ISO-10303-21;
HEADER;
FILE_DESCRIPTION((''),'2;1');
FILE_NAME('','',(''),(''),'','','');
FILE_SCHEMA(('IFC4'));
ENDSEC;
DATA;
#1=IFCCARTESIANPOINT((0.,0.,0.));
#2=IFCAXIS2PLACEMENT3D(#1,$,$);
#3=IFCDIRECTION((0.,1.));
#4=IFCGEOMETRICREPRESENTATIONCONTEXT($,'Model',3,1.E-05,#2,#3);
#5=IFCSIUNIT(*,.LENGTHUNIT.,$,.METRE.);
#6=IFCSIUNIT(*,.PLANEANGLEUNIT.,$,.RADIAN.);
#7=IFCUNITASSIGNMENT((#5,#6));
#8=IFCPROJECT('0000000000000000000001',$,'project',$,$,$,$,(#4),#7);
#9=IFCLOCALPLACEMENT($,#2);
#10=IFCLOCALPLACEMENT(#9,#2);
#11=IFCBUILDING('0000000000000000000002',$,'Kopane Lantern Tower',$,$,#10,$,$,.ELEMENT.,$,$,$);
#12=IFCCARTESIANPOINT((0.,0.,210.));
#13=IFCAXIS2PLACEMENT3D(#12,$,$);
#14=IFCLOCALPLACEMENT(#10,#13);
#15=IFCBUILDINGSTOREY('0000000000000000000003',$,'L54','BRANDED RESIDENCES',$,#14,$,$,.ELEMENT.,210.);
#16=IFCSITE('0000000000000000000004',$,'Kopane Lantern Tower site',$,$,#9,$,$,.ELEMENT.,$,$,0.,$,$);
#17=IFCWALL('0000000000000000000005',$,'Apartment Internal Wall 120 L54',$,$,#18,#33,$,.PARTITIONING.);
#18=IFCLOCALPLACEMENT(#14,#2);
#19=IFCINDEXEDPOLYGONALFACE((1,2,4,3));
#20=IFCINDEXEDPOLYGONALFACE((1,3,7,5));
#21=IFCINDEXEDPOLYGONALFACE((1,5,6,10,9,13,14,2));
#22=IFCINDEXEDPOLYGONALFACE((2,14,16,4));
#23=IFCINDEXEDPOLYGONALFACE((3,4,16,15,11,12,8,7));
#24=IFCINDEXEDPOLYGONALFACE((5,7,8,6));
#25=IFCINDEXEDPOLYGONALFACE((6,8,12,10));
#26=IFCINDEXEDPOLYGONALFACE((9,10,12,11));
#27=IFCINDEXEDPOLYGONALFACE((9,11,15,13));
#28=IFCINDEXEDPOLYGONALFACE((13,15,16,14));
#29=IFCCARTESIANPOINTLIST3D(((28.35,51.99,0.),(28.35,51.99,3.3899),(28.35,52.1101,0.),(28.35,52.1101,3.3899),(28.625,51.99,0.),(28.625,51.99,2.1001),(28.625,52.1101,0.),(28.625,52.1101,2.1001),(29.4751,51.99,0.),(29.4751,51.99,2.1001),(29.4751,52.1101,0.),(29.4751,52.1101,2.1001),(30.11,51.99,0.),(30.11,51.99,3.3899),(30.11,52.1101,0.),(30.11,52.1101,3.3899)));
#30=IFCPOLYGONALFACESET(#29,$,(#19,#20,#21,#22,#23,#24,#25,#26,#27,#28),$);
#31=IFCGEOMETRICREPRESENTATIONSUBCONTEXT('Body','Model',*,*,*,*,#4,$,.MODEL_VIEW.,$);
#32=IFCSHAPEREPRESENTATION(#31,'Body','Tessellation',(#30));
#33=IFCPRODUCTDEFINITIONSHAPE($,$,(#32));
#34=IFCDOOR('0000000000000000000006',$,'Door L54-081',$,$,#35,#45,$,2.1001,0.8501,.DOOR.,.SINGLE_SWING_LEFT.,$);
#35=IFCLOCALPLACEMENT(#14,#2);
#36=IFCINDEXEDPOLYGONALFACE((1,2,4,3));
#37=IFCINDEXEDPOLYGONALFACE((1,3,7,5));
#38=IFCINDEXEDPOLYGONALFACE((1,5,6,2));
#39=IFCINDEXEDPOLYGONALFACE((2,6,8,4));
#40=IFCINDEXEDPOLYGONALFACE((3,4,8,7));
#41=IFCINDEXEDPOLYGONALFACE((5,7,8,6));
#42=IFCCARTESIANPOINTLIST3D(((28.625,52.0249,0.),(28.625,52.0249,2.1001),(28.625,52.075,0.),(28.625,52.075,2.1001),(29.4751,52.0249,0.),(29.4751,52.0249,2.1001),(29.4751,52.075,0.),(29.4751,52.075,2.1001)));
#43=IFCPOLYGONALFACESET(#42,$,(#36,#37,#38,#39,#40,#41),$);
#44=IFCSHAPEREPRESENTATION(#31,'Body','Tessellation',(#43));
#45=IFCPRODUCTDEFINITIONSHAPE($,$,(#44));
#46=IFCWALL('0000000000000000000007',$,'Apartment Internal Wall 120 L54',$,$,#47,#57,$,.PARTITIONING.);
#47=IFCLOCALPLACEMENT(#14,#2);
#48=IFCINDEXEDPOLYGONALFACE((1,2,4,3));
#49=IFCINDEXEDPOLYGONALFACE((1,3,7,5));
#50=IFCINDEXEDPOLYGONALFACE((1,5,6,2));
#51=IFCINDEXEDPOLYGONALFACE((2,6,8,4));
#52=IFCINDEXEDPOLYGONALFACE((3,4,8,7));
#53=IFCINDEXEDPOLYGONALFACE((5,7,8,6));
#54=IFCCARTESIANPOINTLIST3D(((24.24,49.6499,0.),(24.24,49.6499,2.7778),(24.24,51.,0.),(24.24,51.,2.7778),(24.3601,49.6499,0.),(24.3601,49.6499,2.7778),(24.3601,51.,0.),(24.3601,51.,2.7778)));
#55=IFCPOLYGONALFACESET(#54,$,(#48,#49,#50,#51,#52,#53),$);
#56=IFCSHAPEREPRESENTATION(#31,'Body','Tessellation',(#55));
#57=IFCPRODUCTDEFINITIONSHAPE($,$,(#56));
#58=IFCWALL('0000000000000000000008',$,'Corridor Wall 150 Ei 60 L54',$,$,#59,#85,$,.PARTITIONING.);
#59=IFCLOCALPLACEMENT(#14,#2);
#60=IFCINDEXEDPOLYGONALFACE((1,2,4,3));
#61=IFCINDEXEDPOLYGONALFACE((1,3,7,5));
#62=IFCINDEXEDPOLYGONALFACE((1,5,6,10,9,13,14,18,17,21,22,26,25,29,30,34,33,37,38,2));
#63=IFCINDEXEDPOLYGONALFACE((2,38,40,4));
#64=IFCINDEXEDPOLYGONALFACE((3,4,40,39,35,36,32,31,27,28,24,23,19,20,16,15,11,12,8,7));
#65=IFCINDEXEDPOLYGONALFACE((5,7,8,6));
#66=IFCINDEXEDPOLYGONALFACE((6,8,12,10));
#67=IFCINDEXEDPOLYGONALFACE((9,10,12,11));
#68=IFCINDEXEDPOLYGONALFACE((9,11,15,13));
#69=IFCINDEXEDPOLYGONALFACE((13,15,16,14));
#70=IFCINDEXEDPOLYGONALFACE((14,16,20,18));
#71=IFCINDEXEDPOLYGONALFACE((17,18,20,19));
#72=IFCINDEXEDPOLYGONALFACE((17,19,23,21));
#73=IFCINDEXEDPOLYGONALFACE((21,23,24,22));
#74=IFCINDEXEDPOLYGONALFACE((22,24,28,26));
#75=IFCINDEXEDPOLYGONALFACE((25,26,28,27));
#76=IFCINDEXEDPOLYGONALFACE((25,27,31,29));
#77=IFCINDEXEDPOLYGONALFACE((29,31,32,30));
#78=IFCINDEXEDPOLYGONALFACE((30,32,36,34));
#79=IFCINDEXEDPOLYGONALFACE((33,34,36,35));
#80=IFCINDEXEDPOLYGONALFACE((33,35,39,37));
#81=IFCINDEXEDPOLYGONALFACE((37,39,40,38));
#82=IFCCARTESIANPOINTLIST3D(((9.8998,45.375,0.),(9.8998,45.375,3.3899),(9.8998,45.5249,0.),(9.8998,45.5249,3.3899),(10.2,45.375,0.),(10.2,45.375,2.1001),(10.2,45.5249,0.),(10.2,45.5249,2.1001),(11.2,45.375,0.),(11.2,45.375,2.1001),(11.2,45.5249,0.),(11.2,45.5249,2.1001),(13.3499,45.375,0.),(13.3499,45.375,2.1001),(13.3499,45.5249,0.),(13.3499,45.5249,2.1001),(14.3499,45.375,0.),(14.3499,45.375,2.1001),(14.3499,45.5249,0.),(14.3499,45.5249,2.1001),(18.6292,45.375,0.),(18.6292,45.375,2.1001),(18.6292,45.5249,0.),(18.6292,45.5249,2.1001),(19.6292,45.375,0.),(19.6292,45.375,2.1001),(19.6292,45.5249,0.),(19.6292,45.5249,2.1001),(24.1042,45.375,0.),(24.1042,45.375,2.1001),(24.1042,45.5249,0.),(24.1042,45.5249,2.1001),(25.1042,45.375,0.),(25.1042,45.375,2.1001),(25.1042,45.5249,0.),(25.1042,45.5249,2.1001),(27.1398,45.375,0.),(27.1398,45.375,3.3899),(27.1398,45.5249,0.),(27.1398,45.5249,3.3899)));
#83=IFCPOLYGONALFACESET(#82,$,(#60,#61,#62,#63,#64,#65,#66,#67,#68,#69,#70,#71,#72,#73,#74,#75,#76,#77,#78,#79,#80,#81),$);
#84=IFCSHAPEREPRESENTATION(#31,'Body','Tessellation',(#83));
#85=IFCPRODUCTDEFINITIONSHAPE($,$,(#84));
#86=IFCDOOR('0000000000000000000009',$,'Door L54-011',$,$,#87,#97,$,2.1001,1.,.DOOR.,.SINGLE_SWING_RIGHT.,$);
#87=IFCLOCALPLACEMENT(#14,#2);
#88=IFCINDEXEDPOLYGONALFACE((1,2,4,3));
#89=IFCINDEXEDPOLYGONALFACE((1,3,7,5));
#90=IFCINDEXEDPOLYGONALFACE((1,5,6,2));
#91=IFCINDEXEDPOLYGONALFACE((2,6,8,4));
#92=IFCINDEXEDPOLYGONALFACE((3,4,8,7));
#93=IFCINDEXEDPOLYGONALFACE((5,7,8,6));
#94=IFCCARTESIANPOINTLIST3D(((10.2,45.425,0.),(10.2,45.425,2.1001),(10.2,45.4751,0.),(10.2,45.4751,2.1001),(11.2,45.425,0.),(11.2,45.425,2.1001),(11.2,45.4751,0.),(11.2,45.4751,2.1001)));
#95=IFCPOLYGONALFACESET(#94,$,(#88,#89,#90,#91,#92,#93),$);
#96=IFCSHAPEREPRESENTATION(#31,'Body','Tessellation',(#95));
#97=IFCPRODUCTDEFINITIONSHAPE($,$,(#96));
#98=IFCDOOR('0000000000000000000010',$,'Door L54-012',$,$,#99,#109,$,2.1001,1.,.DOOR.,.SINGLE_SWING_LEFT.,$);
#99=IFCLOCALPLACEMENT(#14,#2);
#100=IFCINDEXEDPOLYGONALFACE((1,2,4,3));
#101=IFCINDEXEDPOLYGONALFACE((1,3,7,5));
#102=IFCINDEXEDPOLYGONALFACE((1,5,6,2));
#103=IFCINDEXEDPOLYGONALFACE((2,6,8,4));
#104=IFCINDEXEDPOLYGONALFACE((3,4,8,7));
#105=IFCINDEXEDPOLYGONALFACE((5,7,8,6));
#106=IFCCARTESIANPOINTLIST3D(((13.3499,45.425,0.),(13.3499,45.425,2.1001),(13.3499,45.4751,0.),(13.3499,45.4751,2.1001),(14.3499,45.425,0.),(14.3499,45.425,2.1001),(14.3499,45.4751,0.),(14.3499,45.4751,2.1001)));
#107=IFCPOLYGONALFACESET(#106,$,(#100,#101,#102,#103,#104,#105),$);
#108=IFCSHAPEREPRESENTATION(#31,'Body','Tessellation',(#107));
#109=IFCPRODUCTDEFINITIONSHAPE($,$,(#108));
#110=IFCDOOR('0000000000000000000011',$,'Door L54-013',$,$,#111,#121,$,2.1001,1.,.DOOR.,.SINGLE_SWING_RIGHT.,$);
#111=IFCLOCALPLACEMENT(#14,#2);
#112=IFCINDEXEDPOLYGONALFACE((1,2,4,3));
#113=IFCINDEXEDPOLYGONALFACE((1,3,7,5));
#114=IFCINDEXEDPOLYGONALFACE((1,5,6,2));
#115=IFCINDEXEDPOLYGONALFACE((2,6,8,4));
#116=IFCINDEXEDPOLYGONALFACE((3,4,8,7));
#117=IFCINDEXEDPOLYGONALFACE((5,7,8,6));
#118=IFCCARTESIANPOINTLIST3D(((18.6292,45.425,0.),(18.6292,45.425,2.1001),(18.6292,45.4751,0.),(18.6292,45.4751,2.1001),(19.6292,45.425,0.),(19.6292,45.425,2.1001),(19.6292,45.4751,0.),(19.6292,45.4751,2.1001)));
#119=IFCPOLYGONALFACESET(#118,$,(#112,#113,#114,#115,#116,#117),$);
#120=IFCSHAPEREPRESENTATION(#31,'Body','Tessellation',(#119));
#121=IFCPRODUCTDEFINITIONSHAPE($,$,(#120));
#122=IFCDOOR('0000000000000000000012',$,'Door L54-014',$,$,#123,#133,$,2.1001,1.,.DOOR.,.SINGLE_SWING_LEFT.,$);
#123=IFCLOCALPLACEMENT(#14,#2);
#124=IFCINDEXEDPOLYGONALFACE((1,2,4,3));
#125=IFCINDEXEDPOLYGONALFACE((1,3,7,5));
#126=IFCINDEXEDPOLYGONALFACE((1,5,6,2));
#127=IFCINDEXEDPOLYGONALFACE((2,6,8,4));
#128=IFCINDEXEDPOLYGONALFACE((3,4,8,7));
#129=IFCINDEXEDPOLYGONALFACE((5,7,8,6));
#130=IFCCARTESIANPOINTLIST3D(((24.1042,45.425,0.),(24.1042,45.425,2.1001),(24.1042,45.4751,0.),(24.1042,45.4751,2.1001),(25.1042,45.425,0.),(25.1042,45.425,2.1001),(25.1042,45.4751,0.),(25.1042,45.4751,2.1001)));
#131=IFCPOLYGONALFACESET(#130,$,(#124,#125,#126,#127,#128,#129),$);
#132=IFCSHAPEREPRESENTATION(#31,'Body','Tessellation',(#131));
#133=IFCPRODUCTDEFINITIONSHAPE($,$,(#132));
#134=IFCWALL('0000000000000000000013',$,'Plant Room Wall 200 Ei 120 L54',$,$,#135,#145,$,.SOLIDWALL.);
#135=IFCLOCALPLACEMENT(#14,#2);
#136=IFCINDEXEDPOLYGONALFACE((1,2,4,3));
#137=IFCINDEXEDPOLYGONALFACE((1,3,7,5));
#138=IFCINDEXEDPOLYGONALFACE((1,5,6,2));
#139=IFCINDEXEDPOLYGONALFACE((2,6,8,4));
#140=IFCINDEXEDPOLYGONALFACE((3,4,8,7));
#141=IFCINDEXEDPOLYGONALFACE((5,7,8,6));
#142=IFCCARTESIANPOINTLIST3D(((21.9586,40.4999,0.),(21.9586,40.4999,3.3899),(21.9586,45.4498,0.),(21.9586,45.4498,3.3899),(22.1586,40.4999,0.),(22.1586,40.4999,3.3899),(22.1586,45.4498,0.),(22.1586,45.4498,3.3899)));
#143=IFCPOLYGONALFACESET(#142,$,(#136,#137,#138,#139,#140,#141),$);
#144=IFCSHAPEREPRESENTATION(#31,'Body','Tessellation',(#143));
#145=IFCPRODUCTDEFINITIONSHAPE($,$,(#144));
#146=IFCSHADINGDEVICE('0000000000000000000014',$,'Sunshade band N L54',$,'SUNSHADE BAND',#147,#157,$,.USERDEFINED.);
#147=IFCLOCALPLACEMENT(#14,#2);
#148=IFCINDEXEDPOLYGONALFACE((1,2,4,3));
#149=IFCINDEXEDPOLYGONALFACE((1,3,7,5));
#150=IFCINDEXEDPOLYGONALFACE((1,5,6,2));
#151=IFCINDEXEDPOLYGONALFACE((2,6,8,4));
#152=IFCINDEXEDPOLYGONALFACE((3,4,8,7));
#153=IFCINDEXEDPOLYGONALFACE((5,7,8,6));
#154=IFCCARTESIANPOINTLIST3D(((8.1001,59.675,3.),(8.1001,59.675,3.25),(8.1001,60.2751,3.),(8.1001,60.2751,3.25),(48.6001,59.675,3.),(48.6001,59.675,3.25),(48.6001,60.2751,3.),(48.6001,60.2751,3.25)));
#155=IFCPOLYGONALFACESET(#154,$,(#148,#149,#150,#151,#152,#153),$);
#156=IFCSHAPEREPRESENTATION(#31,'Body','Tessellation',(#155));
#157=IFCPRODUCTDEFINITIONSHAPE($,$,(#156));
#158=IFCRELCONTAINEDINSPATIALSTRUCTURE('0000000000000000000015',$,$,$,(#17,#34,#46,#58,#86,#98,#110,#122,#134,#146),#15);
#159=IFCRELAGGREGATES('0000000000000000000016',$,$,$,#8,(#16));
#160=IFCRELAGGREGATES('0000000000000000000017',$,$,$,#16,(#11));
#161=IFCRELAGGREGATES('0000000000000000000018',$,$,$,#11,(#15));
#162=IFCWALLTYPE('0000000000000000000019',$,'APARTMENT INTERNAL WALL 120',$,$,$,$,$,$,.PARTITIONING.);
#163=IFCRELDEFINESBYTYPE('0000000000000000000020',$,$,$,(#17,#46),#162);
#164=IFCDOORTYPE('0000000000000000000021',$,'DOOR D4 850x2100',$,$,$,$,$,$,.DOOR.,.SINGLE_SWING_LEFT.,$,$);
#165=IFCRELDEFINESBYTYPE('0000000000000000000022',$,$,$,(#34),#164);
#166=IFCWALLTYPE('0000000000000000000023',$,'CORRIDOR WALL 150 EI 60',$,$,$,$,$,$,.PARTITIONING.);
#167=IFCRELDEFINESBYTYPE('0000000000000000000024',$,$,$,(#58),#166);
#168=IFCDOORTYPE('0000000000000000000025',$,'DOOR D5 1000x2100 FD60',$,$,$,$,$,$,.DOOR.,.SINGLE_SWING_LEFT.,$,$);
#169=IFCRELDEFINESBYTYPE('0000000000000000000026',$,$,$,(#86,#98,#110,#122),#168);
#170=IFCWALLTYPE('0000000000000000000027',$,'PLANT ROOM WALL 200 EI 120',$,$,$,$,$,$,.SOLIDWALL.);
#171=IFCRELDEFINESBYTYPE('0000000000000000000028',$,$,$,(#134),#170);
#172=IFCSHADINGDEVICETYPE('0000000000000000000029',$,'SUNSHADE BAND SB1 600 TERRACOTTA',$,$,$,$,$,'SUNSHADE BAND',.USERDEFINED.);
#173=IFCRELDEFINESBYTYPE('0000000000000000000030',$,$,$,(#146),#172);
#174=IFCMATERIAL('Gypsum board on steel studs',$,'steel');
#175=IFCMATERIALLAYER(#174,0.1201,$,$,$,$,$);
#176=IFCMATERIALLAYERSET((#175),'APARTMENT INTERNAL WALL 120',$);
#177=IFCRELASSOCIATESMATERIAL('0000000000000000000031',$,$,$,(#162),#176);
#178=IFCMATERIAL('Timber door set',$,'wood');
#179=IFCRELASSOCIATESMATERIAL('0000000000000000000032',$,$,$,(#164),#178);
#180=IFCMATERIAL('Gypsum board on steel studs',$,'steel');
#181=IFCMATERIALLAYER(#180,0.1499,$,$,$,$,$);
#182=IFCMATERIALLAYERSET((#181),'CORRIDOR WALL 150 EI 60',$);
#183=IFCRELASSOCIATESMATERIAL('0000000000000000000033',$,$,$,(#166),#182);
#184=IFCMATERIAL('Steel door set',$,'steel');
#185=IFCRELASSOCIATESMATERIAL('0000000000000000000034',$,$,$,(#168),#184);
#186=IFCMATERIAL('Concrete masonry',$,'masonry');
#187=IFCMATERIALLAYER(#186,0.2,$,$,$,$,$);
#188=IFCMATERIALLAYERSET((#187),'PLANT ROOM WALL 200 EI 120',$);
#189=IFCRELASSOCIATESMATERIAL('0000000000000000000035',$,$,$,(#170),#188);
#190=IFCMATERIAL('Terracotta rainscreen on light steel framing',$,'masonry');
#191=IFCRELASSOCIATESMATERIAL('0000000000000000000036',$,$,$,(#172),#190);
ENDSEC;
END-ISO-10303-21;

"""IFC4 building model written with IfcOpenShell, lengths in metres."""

from ifc_helpers import new_model, si_unit, direction, frame, frame_2d, origin, origin_2d, place, context, subcontext, project, spatial, rectangle, extrude, material, layer, layer_set, type_object, element, fill, save


model = new_model("IFC4")

# Units and contexts
model_context = context("Model", 3, precision=1e-05, world=origin(), true_north=direction((0.0, 1.0)))
body_context = subcontext(model_context, "Body", "Model", "MODEL_VIEW")
ifc_project = project(units=[si_unit("LENGTHUNIT", "METRE"), si_unit("PLANEANGLEUNIT", "RADIAN")], contexts=[model_context])

# Site, building, storey
site_placement = place(None, origin())
site = spatial("IfcSite", under=ifc_project, at=site_placement, Name="Kopane Lantern Tower site", CompositionType="ELEMENT", RefElevation=0.0)
building_placement = place(site_placement, origin())
building = spatial("IfcBuilding", under=site, at=building_placement, Name="Kopane Lantern Tower", CompositionType="ELEMENT")
storey_placement = place(building_placement, frame((0.0, 0.0, 210.0)))
storey = spatial("IfcBuildingStorey", under=building, at=storey_placement, Name="L54", Description="BRANDED RESIDENCES", CompositionType="ELEMENT", Elevation=210.0)

# Shared definitions
ifc_material_1 = material(Name="Gypsum board on steel studs", Category="steel")
ifc_layer_1 = layer(ifc_material_1, 0.1201)
ifc_layer_set_1 = layer_set([ifc_layer_1], Name="APARTMENT INTERNAL WALL 120")
wall_type_1 = type_object("IfcWallType", Name="APARTMENT INTERNAL WALL 120", PredefinedType="PARTITIONING", material=ifc_layer_set_1)

# Wall, opening, door
wall_1_placement = place(storey_placement, frame((28.3501, 52.05, 0.0), z_axis=(0.0, 0.0, 1.0), x_axis=(1.0, 0.0, 0.0)))
wall_1 = element("IfcWall", 1, at=wall_1_placement, inside=storey, type_object=wall_type_1, Name="Apartment Internal Wall 120 L54", PredefinedType="PARTITIONING", context=body_context, shape_type="SweptSolid", body=[
    extrude(rectangle(XDim=1.76, YDim=0.1201, at=frame_2d((0.8799, 0.0))), origin(), (0.0, 0.0, 1.0), 3.3899),
])
opening_1_placement = place(wall_1_placement, frame((0.2749, 0.0, 0.0)))
opening_1 = element("IfcOpeningElement", 2, at=opening_1_placement, cuts=wall_1, PredefinedType="OPENING", context=body_context, shape_type="SweptSolid", body=[
    extrude(rectangle(XDim=0.8501, YDim=2.1001, at=frame_2d((0.425, 1.05))), frame((0.0, 0.0701, 0.0), z_axis=(0.0, -1.0, 0.0), x_axis=(1.0, 0.0, 0.0)), (0.0, 0.0, 1.0), 0.1401),
])
ifc_material_2 = material(Name="Timber door set", Category="wood")
door_type_1 = type_object("IfcDoorType", Name="DOOR D4 850x2100", OperationType="SINGLE_SWING_LEFT", PredefinedType="DOOR", material=ifc_material_2)
door_1_placement = place(opening_1_placement, origin())
door_1 = element("IfcDoor", 3, at=door_1_placement, inside=storey, type_object=door_type_1, Name="Door L54-081", OperationType="SINGLE_SWING_LEFT", OverallHeight=2.1001, OverallWidth=0.8501, PredefinedType="DOOR", context=body_context, shape_type="SweptSolid", body=[
    extrude(rectangle(XDim=0.8501, YDim=2.1001, at=frame_2d((0.425, 1.05))), frame((0.0, 0.0249, 0.0), z_axis=(0.0, -1.0, 0.0), x_axis=(1.0, 0.0, 0.0)), (0.0, 0.0, 1.0), 0.05),
])
fill(opening_1, door_1)

# Wall
wall_2_placement = place(storey_placement, frame((24.3, 49.6499, 0.0), z_axis=(0.0, 0.0, 1.0), x_axis=(0.0, 1.0, 0.0)))
element("IfcWall", 4, at=wall_2_placement, inside=storey, type_object=wall_type_1, Name="Apartment Internal Wall 120 L54", PredefinedType="PARTITIONING", context=body_context, shape_type="SweptSolid", body=[
    extrude(rectangle(XDim=1.3501, YDim=0.1201, at=frame_2d((0.675, 0.0))), origin(), (0.0, 0.0, 1.0), 2.7778),
])

# Wall, openings, doors
ifc_material_3 = material(Name="Gypsum board on steel studs", Category="steel")
ifc_layer_2 = layer(ifc_material_3, 0.1499)
ifc_layer_set_2 = layer_set([ifc_layer_2], Name="CORRIDOR WALL 150 EI 60")
wall_type_2 = type_object("IfcWallType", Name="CORRIDOR WALL 150 EI 60", PredefinedType="PARTITIONING", material=ifc_layer_set_2)
wall_3_placement = place(storey_placement, frame((27.1399, 45.45, 0.0), z_axis=(0.0, 0.0, 1.0), x_axis=(-1.0, 0.0, 0.0)))
wall_3 = element("IfcWall", 5, at=wall_3_placement, inside=storey, type_object=wall_type_2, Name="Corridor Wall 150 Ei 60 L54", PredefinedType="PARTITIONING", context=body_context, shape_type="SweptSolid", body=[
    extrude(rectangle(XDim=17.24, YDim=0.1499, at=frame_2d((8.6201, 0.0))), origin(), (0.0, 0.0, 1.0), 3.3899),
])
opening_2_placement = place(wall_3_placement, frame((15.9399, 0.0, 0.0)))
opening_2 = element("IfcOpeningElement", 6, at=opening_2_placement, cuts=wall_3, PredefinedType="OPENING", context=body_context, shape_type="SweptSolid", body=[
    extrude(rectangle(XDim=1.0, YDim=2.1001, at=frame_2d((0.5, 1.05))), frame((0.0, 0.085, 0.0), z_axis=(0.0, -1.0, 0.0), x_axis=(1.0, 0.0, 0.0)), (0.0, 0.0, 1.0), 0.1699),
])
opening_3_placement = place(wall_3_placement, frame((12.79, 0.0, 0.0)))
opening_3 = element("IfcOpeningElement", 7, at=opening_3_placement, cuts=wall_3, PredefinedType="OPENING", context=body_context, shape_type="SweptSolid", body=[
    extrude(rectangle(XDim=1.0, YDim=2.1001, at=frame_2d((0.5, 1.05))), frame((0.0, 0.085, 0.0), z_axis=(0.0, -1.0, 0.0), x_axis=(1.0, 0.0, 0.0)), (0.0, 0.0, 1.0), 0.1699),
])
opening_4_placement = place(wall_3_placement, frame((7.5107, 0.0, 0.0)))
opening_4 = element("IfcOpeningElement", 8, at=opening_4_placement, cuts=wall_3, PredefinedType="OPENING", context=body_context, shape_type="SweptSolid", body=[
    extrude(rectangle(XDim=1.0, YDim=2.1001, at=frame_2d((0.5, 1.05))), frame((0.0, 0.085, 0.0), z_axis=(0.0, -1.0, 0.0), x_axis=(1.0, 0.0, 0.0)), (0.0, 0.0, 1.0), 0.1699),
])
opening_5_placement = place(wall_3_placement, frame((2.0356, 0.0, 0.0)))
opening_5 = element("IfcOpeningElement", 9, at=opening_5_placement, cuts=wall_3, PredefinedType="OPENING", context=body_context, shape_type="SweptSolid", body=[
    extrude(rectangle(XDim=1.0, YDim=2.1001, at=frame_2d((0.5, 1.05))), frame((0.0, 0.085, 0.0), z_axis=(0.0, -1.0, 0.0), x_axis=(1.0, 0.0, 0.0)), (0.0, 0.0, 1.0), 0.1699),
])
ifc_material_4 = material(Name="Steel door set", Category="steel")
door_type_2 = type_object("IfcDoorType", Name="DOOR D5 1000x2100 FD60", OperationType="SINGLE_SWING_LEFT", PredefinedType="DOOR", material=ifc_material_4)
door_2_placement = place(opening_2_placement, origin())
door_2 = element("IfcDoor", 10, at=door_2_placement, inside=storey, type_object=door_type_2, Name="Door L54-011", OperationType="SINGLE_SWING_RIGHT", OverallHeight=2.1001, OverallWidth=1.0, PredefinedType="DOOR", context=body_context, shape_type="SweptSolid", body=[
    extrude(rectangle(XDim=1.0, YDim=2.1001, at=frame_2d((0.5, 1.05))), frame((0.0, 0.0249, 0.0), z_axis=(0.0, -1.0, 0.0), x_axis=(1.0, 0.0, 0.0)), (0.0, 0.0, 1.0), 0.05),
])
fill(opening_2, door_2)
door_3_placement = place(opening_3_placement, origin())
door_3 = element("IfcDoor", 11, at=door_3_placement, inside=storey, type_object=door_type_2, Name="Door L54-012", OperationType="SINGLE_SWING_LEFT", OverallHeight=2.1001, OverallWidth=1.0, PredefinedType="DOOR", context=body_context, shape_type="SweptSolid", body=[
    extrude(rectangle(XDim=1.0, YDim=2.1001, at=frame_2d((0.5, 1.05))), frame((0.0, 0.0249, 0.0), z_axis=(0.0, -1.0, 0.0), x_axis=(1.0, 0.0, 0.0)), (0.0, 0.0, 1.0), 0.05),
])
fill(opening_3, door_3)
door_4_placement = place(opening_4_placement, origin())
door_4 = element("IfcDoor", 12, at=door_4_placement, inside=storey, type_object=door_type_2, Name="Door L54-013", OperationType="SINGLE_SWING_RIGHT", OverallHeight=2.1001, OverallWidth=1.0, PredefinedType="DOOR", context=body_context, shape_type="SweptSolid", body=[
    extrude(rectangle(XDim=1.0, YDim=2.1001, at=frame_2d((0.5, 1.05))), frame((0.0, 0.0249, 0.0), z_axis=(0.0, -1.0, 0.0), x_axis=(1.0, 0.0, 0.0)), (0.0, 0.0, 1.0), 0.05),
])
fill(opening_4, door_4)
door_5_placement = place(opening_5_placement, origin())
door_5 = element("IfcDoor", 13, at=door_5_placement, inside=storey, type_object=door_type_2, Name="Door L54-014", OperationType="SINGLE_SWING_LEFT", OverallHeight=2.1001, OverallWidth=1.0, PredefinedType="DOOR", context=body_context, shape_type="SweptSolid", body=[
    extrude(rectangle(XDim=1.0, YDim=2.1001, at=frame_2d((0.5, 1.05))), frame((0.0, 0.0249, 0.0), z_axis=(0.0, -1.0, 0.0), x_axis=(1.0, 0.0, 0.0)), (0.0, 0.0, 1.0), 0.05),
])
fill(opening_5, door_5)

# Wall
ifc_material_5 = material(Name="Concrete masonry", Category="masonry")
ifc_layer_3 = layer(ifc_material_5, 0.2)
ifc_layer_set_3 = layer_set([ifc_layer_3], Name="PLANT ROOM WALL 200 EI 120")
wall_type_3 = type_object("IfcWallType", Name="PLANT ROOM WALL 200 EI 120", PredefinedType="SOLIDWALL", material=ifc_layer_set_3)
wall_4_placement = place(storey_placement, frame((22.0586, 45.45, 0.0), z_axis=(0.0, 0.0, 1.0), x_axis=(0.0, -1.0, 0.0)))
element("IfcWall", 14, at=wall_4_placement, inside=storey, type_object=wall_type_3, Name="Plant Room Wall 200 Ei 120 L54", PredefinedType="SOLIDWALL", context=body_context, shape_type="SweptSolid", body=[
    extrude(rectangle(XDim=4.95, YDim=0.2, at=frame_2d((2.4751, 0.0))), origin(), (0.0, 0.0, 1.0), 3.3899),
])

# Shading device
ifc_material_6 = material(Name="Terracotta rainscreen on light steel framing", Category="masonry")
shading_device_type = type_object("IfcShadingDeviceType", Name="SUNSHADE BAND SB1 600 TERRACOTTA", ElementType="SUNSHADE BAND", PredefinedType="USERDEFINED", material=ifc_material_6)
shading_device_placement = place(storey_placement, frame((28.3501, 59.9751, 3.0), z_axis=(0.0, 0.0, 1.0), x_axis=(-1.0, 0.0, 0.0)))
element("IfcShadingDevice", 15, at=shading_device_placement, inside=storey, type_object=shading_device_type, Name="Sunshade band N L54", ObjectType="SUNSHADE BAND", PredefinedType="USERDEFINED", context=body_context, shape_type="SweptSolid", body=[
    extrude(rectangle(XDim=40.5, YDim=0.6001, at=origin_2d()), origin(), (0.0, 0.0, 1.0), 0.25),
])

save(model, "model.ifc")
